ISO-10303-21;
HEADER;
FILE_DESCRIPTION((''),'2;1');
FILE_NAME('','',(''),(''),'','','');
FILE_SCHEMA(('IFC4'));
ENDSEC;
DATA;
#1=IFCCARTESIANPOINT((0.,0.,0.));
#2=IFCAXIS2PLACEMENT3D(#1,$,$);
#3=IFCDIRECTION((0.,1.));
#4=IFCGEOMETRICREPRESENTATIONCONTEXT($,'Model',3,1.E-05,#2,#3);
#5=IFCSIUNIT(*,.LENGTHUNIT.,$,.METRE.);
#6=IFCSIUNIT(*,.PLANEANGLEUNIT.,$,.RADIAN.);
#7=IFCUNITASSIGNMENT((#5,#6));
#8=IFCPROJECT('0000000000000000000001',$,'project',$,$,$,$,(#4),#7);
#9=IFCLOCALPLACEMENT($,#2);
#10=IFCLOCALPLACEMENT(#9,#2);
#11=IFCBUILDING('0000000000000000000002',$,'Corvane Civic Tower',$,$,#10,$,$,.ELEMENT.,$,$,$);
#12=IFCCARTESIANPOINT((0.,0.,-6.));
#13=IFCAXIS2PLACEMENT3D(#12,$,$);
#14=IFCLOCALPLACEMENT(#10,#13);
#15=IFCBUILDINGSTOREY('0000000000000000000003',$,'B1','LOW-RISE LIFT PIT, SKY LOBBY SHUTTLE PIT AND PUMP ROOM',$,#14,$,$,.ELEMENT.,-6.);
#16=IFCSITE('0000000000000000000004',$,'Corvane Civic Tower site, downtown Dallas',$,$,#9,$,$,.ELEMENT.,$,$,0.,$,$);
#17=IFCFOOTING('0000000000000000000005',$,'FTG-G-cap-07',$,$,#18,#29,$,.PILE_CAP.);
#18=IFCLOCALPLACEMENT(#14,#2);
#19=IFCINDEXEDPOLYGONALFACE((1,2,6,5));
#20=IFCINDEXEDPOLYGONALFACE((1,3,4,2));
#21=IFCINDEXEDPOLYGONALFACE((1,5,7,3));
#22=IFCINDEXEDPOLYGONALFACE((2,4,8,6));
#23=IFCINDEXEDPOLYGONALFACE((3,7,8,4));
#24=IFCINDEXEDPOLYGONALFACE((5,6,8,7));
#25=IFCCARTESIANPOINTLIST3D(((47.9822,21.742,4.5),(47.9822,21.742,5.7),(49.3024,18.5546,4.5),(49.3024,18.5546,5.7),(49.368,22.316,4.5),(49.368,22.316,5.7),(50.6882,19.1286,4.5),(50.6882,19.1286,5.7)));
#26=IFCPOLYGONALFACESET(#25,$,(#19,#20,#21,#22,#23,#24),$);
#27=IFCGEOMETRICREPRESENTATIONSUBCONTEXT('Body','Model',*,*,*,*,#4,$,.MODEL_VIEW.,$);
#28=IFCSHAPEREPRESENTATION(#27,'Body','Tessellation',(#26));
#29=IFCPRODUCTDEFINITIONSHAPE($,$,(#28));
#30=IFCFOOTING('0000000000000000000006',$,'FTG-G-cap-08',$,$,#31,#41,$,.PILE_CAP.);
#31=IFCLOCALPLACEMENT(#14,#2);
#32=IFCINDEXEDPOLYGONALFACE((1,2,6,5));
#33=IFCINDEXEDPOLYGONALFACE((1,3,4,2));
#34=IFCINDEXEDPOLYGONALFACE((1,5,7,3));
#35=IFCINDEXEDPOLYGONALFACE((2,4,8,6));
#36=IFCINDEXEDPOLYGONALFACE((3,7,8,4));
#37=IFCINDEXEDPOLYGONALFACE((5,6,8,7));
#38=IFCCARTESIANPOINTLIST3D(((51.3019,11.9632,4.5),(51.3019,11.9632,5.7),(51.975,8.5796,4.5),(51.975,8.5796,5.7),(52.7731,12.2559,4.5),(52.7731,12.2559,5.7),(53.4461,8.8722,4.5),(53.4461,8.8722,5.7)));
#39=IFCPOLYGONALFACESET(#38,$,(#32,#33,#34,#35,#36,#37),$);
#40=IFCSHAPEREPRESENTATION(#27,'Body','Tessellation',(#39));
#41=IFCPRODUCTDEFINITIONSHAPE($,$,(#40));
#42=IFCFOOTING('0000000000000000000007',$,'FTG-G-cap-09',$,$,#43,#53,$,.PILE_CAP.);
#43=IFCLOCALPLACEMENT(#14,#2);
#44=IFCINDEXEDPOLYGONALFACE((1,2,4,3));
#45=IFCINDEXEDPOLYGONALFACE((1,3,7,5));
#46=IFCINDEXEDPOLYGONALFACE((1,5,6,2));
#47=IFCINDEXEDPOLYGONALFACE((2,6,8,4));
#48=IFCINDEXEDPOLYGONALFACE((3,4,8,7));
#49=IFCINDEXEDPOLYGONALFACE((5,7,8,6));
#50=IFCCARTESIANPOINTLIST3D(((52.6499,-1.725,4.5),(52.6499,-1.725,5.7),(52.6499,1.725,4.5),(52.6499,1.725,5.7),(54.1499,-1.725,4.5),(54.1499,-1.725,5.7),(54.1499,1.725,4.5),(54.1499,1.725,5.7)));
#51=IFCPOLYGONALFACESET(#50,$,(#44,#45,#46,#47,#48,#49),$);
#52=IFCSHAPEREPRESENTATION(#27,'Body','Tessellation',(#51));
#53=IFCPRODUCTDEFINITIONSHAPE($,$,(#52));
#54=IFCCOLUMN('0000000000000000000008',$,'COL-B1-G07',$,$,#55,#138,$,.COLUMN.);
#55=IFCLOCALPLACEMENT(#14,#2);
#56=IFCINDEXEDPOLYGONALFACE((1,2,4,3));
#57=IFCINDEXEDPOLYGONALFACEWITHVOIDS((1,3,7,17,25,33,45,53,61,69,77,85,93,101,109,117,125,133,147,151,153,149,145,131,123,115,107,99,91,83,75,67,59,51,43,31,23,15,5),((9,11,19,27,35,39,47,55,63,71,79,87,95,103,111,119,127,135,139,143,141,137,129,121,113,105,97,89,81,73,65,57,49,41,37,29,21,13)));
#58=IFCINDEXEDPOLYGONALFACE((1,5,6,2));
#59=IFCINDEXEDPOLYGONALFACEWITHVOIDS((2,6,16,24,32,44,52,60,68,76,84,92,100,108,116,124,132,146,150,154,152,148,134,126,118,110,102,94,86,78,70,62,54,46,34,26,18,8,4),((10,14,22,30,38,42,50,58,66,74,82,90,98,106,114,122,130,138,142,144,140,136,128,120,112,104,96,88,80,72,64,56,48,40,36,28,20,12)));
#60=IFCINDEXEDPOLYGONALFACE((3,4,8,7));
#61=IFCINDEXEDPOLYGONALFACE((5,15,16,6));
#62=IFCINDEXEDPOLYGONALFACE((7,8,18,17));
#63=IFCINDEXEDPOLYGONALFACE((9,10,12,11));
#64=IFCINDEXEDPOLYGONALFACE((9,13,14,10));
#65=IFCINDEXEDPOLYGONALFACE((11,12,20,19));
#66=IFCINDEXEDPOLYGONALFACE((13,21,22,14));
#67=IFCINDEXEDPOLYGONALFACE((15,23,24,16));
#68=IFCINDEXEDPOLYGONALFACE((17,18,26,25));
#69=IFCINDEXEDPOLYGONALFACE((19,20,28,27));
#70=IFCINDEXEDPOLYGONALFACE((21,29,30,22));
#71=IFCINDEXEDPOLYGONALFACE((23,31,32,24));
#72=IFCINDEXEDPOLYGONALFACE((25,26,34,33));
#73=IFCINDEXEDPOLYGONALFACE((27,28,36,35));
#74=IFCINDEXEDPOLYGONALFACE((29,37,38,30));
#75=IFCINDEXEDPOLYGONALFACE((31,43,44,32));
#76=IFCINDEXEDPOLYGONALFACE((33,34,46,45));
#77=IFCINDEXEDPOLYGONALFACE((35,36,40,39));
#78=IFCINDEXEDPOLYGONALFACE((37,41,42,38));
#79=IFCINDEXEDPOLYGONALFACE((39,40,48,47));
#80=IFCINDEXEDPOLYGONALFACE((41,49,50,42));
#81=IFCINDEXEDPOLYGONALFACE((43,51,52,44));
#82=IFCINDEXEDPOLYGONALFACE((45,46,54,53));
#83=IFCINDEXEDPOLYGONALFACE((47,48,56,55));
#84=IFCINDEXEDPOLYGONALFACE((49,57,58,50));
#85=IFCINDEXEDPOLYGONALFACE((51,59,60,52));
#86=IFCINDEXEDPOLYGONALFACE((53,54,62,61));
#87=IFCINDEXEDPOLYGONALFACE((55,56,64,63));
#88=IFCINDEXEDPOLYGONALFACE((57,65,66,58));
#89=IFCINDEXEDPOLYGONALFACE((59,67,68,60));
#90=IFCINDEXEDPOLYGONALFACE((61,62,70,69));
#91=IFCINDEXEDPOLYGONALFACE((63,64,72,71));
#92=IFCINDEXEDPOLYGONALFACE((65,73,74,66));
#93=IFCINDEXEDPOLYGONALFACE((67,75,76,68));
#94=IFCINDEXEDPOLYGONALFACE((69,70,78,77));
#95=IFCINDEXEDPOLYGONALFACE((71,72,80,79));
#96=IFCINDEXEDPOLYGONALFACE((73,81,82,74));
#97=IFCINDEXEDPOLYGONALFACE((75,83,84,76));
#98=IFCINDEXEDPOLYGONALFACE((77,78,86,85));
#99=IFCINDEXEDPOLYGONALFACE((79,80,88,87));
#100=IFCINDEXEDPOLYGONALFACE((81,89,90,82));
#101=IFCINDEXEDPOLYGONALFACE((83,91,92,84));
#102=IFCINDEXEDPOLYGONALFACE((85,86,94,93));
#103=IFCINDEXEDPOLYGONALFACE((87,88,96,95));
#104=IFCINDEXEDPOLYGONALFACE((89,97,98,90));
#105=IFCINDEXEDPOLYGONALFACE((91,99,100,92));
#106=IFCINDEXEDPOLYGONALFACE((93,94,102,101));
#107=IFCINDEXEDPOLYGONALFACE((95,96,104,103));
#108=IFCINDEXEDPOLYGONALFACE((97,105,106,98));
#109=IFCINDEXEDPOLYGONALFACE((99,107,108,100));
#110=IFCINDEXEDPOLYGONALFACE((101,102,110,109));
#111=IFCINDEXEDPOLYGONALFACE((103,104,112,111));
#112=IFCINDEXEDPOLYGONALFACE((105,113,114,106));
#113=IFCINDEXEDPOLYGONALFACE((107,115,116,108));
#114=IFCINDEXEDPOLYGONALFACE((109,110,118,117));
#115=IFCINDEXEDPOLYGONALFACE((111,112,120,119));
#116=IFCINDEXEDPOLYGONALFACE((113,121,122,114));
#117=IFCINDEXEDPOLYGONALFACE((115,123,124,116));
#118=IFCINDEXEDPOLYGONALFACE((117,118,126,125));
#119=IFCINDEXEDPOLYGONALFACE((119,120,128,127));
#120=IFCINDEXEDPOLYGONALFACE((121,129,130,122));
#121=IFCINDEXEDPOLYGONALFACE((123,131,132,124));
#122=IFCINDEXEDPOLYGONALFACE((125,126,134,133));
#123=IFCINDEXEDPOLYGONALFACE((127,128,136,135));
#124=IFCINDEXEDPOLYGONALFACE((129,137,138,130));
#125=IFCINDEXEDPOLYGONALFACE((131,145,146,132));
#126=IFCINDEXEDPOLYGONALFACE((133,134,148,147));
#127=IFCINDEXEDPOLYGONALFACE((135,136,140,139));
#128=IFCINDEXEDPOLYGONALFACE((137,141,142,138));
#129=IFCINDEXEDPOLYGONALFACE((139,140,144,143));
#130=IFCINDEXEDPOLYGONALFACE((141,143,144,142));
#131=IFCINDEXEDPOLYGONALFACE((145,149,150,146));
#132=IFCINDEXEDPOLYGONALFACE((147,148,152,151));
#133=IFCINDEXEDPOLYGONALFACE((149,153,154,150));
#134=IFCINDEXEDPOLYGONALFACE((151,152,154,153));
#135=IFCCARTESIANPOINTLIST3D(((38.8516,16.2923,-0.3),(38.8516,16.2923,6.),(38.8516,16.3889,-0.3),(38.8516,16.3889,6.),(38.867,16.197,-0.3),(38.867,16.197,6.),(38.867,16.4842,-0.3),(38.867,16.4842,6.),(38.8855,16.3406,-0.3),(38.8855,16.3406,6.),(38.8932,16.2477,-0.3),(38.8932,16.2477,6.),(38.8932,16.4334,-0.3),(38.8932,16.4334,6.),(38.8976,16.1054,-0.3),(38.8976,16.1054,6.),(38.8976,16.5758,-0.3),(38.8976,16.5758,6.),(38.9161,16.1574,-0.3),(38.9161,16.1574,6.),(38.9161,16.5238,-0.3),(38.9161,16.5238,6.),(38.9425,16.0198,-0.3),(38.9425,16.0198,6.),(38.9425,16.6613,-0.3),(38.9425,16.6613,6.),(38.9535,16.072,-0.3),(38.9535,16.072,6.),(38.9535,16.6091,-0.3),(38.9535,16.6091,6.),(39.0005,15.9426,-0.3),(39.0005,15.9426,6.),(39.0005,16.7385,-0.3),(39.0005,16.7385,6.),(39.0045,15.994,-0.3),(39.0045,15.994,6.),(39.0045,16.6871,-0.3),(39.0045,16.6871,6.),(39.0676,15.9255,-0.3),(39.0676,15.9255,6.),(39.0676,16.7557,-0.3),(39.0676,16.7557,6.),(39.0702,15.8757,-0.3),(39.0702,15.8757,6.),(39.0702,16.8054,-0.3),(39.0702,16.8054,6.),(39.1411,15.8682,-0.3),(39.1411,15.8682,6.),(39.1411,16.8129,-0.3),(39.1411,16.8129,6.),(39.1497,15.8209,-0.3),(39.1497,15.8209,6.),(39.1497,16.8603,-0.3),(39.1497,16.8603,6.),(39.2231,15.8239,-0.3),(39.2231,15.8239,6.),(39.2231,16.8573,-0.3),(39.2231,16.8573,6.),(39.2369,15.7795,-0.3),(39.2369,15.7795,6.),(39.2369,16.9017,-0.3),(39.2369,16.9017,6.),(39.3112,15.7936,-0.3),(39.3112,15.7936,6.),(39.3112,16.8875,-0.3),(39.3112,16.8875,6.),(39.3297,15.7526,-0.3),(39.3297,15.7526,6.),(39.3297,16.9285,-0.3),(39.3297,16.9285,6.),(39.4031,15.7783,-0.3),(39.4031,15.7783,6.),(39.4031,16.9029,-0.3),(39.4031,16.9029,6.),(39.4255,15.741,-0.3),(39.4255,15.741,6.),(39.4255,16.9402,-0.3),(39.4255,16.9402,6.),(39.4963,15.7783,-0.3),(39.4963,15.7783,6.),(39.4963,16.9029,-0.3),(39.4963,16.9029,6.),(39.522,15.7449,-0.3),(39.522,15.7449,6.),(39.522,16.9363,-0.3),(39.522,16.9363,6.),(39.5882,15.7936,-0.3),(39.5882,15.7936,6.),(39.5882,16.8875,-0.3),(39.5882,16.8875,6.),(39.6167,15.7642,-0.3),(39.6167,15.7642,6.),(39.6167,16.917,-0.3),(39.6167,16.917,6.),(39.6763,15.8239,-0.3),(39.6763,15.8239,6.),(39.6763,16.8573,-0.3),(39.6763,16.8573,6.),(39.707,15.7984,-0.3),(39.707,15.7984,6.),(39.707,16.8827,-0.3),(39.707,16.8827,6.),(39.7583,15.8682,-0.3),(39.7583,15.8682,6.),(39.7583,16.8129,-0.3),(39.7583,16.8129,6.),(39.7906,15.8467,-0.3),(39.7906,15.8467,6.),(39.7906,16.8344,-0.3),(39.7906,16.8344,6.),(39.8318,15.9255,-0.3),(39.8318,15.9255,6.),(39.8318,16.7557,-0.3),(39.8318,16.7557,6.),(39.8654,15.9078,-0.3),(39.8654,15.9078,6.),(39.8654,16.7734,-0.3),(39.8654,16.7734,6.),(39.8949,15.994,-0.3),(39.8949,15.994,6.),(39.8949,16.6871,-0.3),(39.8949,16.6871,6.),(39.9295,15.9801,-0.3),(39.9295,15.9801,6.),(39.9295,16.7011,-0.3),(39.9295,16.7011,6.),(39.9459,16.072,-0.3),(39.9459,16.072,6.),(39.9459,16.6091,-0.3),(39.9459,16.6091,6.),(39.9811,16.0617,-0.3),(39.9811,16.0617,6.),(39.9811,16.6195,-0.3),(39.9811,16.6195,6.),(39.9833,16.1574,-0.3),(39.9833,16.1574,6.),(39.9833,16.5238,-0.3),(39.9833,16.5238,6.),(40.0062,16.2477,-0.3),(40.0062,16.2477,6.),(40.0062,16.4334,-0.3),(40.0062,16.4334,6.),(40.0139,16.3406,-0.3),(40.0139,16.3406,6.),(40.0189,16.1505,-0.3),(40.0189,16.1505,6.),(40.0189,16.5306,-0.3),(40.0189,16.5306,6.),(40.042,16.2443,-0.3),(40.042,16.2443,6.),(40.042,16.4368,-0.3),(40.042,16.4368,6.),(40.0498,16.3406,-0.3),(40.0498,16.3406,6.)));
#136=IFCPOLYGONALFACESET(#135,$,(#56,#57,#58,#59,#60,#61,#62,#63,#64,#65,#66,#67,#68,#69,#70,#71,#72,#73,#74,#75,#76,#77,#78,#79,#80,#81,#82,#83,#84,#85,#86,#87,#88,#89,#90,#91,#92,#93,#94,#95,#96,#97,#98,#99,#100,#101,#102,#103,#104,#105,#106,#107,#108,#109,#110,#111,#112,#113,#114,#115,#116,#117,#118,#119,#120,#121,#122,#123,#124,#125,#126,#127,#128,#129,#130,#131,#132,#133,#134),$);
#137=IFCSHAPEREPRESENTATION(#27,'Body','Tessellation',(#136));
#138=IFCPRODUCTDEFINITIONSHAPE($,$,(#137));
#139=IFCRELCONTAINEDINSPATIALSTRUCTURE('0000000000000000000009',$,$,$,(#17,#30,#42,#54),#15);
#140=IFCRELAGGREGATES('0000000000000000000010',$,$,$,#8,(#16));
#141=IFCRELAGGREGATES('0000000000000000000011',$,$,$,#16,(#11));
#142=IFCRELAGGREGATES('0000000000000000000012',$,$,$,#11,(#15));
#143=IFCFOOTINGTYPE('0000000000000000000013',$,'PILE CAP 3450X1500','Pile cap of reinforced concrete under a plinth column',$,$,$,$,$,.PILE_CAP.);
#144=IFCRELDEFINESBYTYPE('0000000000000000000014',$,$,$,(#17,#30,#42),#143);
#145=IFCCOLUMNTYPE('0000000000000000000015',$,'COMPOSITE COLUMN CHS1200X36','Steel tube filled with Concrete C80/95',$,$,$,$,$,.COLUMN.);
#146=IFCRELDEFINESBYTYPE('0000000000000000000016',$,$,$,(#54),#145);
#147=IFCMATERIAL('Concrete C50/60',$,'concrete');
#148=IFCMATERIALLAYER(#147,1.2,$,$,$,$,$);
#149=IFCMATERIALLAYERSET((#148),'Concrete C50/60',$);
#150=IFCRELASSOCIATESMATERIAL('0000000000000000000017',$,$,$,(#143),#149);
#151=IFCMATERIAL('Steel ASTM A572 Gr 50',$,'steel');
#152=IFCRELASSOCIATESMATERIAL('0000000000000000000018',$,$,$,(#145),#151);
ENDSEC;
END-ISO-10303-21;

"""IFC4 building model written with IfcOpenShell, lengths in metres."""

from ifc_helpers import new_model, si_unit, direction, frame, origin, origin_2d, place, context, subcontext, project, spatial, rectangle, hollow_circle, extrude, material, layer, layer_set, material_profile, profile_set, type_object, element, save


model = new_model("IFC4")

# Units and contexts
model_context = context("Model", 3, precision=1e-05, world=origin(), true_north=direction((0.0, 1.0)))
body_context = subcontext(model_context, "Body", "Model", "MODEL_VIEW")
ifc_project = project(units=[si_unit("LENGTHUNIT", "METRE"), si_unit("PLANEANGLEUNIT", "RADIAN")], contexts=[model_context])

# Site, building, storey
site_placement = place(None, origin())
site = spatial("IfcSite", under=ifc_project, at=site_placement, Name="Corvane Civic Tower site, downtown Dallas", CompositionType="ELEMENT", RefElevation=0.0)
building_placement = place(site_placement, origin())
building = spatial("IfcBuilding", under=site, at=building_placement, Name="Corvane Civic Tower", CompositionType="ELEMENT")
storey_placement = place(building_placement, frame((0.0, 0.0, -6.0)))
storey = spatial("IfcBuildingStorey", under=building, at=storey_placement, Name="B1", Description="LOW-RISE LIFT PIT, SKY LOBBY SHUTTLE PIT AND PUMP ROOM", CompositionType="ELEMENT", Elevation=-6.0)

# Footings
ifc_material_1 = material(Name="Concrete C50/60", Category="concrete")
ifc_layer = layer(ifc_material_1, 1.2)
ifc_layer_set = layer_set([ifc_layer], Name="Concrete C50/60")
footing_type_1 = type_object("IfcFootingType", Name="PILE CAP 3450X1500", Description="Pile cap of reinforced concrete under a plinth column", PredefinedType="PILE_CAP", material=ifc_layer_set)
for number, where, z_axis, x_axis, name in (
    (1, (49.3352, 20.4353, 4.5), (0.0, 0.0, 1.0), (-0.382683, 0.92388, 0.0), "FTG-G-cap-07"),
    (2, (52.374, 10.4177, 4.5), (0.0, 0.0, 1.0), (-0.19509, 0.980785, 0.0), "FTG-G-cap-08"),
    (3, (53.3999, 0.0, 4.5), (0.0, 0.0, 1.0), (0.0, 1.0, 0.0), "FTG-G-cap-09"),
):
    element("IfcFooting", number, at=place(storey_placement, frame(where, z_axis=z_axis, x_axis=x_axis)), inside=storey, type_object=footing_type_1, Name=name, PredefinedType="PILE_CAP", context=body_context, shape_type="SweptSolid", body=[
        extrude(rectangle(XDim=3.45, YDim=1.5, at=origin_2d()), origin(), (0.0, 0.0, 1.0), 1.2),
    ])

# Column
ifc_material_2 = material(Name="Steel ASTM A572 Gr 50", Category="steel")
ifc_material_profile_1 = material_profile(ifc_material_2, hollow_circle(Radius=0.6001, WallThickness=0.0359, at=origin_2d()), Name="CHS1200X36")
ifc_profile_set_1 = profile_set([ifc_material_profile_1], Name="Steel ASTM A572 Gr 50")
column_type_1 = type_object("IfcColumnType", Name="COMPOSITE COLUMN CHS1200X36", Description="Steel tube filled with Concrete C80/95", PredefinedType="COLUMN", material=ifc_profile_set_1)
for number, where, z_axis, x_axis, name in (
    (4, (39.4497, 16.3406, -0.3), (0.0, 0.0, 1.0), (1.0, 0.0, 0.0), "COL-B1-G07"),
):
    element("IfcColumn", number, at=place(storey_placement, frame(where, z_axis=z_axis, x_axis=x_axis)), inside=storey, type_object=column_type_1, Name=name, PredefinedType="COLUMN", context=body_context, shape_type="SweptSolid", body=[
        extrude(hollow_circle(Radius=0.6001, WallThickness=0.0359, at=origin_2d()), origin(), (0.0, 0.0, 1.0), 6.3),
    ])

save(model, "model.ifc")
